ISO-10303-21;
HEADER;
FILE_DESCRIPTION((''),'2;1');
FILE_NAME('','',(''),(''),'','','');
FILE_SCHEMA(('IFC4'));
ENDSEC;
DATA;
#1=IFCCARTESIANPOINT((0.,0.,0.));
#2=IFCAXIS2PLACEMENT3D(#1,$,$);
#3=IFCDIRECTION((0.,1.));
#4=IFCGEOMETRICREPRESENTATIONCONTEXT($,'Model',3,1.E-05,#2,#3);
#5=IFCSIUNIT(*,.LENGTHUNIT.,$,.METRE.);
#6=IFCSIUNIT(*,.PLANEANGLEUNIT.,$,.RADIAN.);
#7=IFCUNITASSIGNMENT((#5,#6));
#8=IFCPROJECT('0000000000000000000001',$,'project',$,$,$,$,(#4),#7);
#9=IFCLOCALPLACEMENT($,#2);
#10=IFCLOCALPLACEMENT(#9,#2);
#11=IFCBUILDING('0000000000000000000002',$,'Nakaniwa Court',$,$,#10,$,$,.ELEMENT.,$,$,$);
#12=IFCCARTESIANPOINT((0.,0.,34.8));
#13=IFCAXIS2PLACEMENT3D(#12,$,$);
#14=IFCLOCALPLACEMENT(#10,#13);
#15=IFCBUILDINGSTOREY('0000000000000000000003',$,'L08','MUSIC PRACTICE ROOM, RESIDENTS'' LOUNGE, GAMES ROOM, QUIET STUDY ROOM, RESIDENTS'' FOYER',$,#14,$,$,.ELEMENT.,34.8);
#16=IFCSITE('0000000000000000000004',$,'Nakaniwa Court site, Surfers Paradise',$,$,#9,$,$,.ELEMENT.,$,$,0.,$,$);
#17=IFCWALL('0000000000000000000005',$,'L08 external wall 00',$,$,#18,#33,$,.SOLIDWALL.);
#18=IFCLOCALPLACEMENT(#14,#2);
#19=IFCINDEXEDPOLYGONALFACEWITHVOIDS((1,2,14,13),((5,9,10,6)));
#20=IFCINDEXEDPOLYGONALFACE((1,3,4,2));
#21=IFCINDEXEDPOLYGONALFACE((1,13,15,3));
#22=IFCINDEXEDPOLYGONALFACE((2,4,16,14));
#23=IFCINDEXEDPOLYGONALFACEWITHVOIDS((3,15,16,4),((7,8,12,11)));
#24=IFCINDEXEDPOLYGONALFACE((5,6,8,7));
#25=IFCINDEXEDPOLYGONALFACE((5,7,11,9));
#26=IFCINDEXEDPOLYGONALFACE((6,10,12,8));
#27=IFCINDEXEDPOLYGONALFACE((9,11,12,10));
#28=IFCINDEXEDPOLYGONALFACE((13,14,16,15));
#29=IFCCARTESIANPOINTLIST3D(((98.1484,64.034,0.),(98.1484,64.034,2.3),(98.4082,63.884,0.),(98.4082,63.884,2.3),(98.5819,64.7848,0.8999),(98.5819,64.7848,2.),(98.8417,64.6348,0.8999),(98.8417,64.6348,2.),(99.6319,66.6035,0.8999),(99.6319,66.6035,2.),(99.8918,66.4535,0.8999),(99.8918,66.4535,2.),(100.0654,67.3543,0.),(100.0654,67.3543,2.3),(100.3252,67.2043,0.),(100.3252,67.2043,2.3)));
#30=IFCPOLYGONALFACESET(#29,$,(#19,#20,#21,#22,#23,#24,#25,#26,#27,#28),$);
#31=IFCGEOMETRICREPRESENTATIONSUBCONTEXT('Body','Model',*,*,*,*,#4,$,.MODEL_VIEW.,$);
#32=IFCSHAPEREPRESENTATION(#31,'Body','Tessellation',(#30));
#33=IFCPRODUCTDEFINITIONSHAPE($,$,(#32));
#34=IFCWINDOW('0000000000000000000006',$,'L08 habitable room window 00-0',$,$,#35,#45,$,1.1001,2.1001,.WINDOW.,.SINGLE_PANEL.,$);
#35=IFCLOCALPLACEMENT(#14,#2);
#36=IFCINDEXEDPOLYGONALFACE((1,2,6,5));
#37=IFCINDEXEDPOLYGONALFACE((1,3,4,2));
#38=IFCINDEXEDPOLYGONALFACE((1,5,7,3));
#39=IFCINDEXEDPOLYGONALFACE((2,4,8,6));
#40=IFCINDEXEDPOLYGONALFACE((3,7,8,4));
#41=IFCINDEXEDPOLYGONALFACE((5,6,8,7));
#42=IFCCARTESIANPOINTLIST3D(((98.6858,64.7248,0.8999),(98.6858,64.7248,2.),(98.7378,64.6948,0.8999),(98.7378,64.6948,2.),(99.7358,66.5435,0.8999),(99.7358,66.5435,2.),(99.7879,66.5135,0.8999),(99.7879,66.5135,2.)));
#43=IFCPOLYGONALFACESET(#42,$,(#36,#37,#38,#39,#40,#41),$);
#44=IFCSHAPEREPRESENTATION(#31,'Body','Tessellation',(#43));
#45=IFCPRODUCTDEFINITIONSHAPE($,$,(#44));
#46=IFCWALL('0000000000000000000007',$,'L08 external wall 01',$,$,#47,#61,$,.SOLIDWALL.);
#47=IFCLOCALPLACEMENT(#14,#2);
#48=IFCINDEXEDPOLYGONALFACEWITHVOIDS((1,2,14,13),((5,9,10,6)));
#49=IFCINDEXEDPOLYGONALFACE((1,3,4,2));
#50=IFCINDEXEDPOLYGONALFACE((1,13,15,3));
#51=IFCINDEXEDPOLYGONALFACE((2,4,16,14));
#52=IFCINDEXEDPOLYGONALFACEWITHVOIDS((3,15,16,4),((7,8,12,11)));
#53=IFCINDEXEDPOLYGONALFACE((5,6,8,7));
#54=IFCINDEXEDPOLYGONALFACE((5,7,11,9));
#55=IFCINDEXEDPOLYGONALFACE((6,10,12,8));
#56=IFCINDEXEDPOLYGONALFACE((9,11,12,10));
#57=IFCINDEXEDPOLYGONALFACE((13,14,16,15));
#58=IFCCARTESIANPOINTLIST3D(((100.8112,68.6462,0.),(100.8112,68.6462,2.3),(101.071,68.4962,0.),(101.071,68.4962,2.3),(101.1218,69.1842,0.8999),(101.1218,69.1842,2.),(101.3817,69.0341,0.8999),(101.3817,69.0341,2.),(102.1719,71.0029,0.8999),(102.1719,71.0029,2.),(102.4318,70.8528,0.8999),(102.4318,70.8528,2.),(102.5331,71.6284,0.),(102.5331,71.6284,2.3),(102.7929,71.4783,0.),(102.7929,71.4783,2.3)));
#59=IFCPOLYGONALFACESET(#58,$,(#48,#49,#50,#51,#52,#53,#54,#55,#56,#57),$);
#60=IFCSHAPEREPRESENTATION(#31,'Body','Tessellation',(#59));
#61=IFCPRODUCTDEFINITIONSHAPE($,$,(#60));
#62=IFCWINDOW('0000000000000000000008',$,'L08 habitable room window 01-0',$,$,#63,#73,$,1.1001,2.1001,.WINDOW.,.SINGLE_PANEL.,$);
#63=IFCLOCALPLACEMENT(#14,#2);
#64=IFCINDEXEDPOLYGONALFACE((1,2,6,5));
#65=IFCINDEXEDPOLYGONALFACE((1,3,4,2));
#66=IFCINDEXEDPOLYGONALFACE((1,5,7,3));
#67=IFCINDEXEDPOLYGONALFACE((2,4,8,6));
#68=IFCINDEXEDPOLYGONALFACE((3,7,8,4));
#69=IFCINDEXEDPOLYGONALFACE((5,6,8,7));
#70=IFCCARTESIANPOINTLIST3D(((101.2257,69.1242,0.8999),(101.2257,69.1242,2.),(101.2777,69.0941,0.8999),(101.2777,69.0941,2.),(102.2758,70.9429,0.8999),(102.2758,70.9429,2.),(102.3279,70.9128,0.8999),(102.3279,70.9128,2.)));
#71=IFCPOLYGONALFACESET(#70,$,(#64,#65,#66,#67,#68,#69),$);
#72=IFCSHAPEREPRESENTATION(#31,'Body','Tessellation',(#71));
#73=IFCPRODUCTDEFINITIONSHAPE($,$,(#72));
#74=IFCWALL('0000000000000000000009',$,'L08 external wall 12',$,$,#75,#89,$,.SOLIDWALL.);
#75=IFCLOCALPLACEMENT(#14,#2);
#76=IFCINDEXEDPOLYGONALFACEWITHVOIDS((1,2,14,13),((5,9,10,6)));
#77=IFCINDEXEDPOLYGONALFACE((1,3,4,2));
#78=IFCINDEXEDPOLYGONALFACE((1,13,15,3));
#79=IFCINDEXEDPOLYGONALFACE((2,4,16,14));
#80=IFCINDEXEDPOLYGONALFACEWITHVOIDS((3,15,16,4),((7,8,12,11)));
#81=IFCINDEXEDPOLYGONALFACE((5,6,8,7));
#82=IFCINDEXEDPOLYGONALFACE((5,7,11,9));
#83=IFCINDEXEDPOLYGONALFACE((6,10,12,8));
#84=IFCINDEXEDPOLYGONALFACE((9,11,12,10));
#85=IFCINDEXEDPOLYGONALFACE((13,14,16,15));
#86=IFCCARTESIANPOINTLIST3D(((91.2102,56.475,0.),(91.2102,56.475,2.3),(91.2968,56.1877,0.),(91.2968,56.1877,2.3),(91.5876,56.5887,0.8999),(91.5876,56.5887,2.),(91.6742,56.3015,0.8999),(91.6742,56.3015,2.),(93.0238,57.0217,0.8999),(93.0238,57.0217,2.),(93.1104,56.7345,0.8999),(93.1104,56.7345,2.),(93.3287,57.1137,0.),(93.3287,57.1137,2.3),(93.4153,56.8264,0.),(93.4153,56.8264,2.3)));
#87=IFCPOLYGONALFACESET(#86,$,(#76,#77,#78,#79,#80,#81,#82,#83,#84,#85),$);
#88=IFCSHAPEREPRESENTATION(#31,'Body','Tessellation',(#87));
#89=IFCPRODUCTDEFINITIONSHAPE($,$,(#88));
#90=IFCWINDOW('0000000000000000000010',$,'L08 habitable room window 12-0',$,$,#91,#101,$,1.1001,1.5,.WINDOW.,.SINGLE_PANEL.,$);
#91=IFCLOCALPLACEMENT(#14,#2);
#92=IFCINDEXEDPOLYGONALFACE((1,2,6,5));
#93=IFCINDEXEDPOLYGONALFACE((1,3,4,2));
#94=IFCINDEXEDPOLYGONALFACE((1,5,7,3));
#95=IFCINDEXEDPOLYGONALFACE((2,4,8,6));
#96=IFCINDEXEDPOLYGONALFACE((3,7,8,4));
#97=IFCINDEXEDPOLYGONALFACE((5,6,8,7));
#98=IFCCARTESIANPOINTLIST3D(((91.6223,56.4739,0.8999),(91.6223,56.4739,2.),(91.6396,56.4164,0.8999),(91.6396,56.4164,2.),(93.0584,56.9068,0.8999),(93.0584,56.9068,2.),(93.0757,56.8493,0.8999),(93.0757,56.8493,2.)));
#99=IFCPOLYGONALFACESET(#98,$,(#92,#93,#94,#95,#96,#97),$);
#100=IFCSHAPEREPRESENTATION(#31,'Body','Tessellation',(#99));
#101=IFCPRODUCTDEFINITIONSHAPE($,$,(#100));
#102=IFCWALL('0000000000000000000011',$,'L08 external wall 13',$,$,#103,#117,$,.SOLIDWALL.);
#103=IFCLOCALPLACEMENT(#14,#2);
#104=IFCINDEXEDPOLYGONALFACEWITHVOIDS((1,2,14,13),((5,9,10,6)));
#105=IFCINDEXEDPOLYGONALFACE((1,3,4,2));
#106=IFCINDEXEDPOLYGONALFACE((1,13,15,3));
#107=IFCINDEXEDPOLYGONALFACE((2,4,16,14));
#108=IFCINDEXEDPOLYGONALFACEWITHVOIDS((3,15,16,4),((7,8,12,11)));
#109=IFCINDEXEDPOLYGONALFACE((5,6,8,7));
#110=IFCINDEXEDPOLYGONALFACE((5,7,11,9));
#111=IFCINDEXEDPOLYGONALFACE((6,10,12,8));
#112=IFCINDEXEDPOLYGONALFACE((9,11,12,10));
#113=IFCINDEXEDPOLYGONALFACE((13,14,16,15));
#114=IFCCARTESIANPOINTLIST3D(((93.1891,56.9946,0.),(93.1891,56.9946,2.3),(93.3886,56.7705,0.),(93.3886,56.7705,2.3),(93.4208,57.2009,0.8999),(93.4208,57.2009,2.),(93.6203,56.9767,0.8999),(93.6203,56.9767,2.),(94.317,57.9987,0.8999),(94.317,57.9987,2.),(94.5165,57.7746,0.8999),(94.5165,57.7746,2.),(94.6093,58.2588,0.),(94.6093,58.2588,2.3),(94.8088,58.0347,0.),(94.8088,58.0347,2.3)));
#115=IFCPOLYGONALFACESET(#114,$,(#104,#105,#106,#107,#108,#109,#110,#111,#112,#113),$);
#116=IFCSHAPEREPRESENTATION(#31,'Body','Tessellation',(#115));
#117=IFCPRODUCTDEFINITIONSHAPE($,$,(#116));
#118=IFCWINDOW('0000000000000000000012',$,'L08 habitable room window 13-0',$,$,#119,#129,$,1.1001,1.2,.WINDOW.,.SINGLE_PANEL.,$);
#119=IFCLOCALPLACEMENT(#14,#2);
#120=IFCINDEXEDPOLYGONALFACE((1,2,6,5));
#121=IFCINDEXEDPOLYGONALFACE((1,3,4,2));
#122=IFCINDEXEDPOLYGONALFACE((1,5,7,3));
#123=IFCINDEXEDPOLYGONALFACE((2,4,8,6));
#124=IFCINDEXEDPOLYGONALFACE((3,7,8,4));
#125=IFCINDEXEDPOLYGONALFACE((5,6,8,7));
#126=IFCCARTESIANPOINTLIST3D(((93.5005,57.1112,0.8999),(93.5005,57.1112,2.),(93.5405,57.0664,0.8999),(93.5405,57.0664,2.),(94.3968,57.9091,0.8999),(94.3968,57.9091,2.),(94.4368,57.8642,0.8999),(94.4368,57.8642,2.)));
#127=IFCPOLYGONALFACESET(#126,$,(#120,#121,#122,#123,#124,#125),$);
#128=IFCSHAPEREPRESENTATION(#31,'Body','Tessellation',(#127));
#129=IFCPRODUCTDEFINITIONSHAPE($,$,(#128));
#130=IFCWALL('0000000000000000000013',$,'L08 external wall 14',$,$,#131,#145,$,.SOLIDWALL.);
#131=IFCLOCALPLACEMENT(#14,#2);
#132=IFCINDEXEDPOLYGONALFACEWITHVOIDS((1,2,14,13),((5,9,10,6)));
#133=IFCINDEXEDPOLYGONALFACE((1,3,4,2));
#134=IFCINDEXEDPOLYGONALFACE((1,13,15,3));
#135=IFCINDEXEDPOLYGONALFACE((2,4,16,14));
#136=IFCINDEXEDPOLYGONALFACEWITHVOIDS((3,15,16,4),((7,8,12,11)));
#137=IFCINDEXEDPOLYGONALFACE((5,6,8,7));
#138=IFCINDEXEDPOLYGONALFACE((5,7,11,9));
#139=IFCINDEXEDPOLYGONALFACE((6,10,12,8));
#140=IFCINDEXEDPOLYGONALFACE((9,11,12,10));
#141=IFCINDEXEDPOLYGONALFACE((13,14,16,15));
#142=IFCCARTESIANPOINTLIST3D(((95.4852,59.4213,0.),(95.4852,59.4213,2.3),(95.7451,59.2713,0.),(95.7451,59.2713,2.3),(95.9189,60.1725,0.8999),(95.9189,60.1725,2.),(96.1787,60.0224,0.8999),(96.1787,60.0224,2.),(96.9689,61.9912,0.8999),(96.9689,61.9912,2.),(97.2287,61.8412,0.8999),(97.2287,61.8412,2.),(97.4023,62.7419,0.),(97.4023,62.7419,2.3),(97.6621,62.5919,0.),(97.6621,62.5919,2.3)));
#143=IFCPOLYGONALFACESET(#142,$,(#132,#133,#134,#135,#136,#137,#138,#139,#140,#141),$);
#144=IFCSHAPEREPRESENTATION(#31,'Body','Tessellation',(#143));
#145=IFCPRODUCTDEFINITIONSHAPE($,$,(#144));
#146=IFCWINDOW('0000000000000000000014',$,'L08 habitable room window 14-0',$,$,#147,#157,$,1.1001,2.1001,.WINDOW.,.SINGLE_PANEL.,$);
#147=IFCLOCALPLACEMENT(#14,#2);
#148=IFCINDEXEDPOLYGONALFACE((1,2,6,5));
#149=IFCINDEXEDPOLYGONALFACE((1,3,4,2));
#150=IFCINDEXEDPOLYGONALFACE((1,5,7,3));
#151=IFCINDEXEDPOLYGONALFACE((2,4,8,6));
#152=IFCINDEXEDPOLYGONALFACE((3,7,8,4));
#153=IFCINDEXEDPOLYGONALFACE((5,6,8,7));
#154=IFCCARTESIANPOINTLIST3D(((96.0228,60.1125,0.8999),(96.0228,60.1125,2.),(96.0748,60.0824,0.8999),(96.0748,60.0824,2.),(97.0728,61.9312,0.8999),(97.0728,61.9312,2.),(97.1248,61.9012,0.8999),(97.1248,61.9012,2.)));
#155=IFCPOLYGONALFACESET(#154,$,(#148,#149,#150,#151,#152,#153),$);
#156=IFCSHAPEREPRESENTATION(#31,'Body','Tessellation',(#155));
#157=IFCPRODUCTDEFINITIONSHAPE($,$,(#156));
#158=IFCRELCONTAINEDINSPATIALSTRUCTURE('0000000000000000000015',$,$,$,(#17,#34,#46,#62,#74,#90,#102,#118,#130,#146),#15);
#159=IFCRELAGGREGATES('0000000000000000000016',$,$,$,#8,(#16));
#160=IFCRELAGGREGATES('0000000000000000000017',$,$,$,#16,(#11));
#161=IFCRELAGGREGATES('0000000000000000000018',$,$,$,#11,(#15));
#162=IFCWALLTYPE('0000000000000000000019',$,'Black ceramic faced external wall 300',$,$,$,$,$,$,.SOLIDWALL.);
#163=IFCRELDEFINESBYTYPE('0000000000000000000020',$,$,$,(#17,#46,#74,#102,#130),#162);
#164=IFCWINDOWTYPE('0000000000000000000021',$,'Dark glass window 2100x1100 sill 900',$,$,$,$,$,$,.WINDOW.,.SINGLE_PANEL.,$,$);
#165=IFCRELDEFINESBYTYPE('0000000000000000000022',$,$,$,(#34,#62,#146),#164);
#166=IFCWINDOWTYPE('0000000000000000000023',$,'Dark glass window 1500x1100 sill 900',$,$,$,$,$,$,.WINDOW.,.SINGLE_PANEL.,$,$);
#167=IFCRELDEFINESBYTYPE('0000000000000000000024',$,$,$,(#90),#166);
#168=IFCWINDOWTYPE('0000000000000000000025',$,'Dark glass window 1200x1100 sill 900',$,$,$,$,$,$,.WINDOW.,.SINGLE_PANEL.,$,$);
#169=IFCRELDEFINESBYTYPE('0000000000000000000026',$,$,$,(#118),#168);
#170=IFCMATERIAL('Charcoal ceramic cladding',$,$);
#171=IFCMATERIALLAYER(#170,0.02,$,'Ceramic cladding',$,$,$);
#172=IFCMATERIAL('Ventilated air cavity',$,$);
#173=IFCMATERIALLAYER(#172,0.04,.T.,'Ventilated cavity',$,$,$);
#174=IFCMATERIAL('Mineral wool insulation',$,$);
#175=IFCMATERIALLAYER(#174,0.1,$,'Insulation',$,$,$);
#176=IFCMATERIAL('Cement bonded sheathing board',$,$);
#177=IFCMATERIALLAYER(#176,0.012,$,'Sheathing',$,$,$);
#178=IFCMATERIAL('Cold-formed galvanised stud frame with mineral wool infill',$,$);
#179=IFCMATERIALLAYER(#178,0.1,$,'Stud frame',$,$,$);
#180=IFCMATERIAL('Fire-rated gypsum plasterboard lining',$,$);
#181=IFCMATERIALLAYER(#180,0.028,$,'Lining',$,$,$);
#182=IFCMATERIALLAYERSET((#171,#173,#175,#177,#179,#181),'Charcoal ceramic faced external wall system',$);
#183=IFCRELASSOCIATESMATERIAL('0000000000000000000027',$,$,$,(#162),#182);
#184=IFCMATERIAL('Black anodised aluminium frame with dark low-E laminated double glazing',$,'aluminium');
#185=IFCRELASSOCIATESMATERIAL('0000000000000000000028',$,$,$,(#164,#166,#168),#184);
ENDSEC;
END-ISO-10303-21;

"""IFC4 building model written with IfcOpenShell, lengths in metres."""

from ifc_helpers import new_model, si_unit, direction, frame, frame_2d, origin, place, context, subcontext, project, spatial, rectangle, extrude, material, layer, layer_set, type_object, element, fill, save


model = new_model("IFC4")

# Units and contexts
model_context = context("Model", 3, precision=1e-05, world=origin(), true_north=direction((0.0, 1.0)))
body_context = subcontext(model_context, "Body", "Model", "MODEL_VIEW")
ifc_project = project(units=[si_unit("LENGTHUNIT", "METRE"), si_unit("PLANEANGLEUNIT", "RADIAN")], contexts=[model_context])

# Site, building, storey
site_placement = place(None, origin())
site = spatial("IfcSite", under=ifc_project, at=site_placement, Name="Nakaniwa Court site, Surfers Paradise", CompositionType="ELEMENT", RefElevation=0.0)
building_placement = place(site_placement, origin())
building = spatial("IfcBuilding", under=site, at=building_placement, Name="Nakaniwa Court", CompositionType="ELEMENT")
storey_placement = place(building_placement, frame((0.0, 0.0, 34.8)))
storey = spatial("IfcBuildingStorey", under=building, at=storey_placement, Name="L08", Description="MUSIC PRACTICE ROOM, RESIDENTS' LOUNGE, GAMES ROOM, QUIET STUDY ROOM, RESIDENTS' FOYER", CompositionType="ELEMENT", Elevation=34.8)

# Walls, openings, windows
ifc_material_1 = material(Name="Charcoal ceramic cladding")
ifc_layer_1 = layer(ifc_material_1, 0.02, Name="Ceramic cladding")
ifc_material_2 = material(Name="Ventilated air cavity")
ifc_layer_2 = layer(ifc_material_2, 0.04, ventilated=True, Name="Ventilated cavity")
ifc_material_3 = material(Name="Mineral wool insulation")
ifc_layer_3 = layer(ifc_material_3, 0.1, Name="Insulation")
ifc_material_4 = material(Name="Cement bonded sheathing board")
ifc_layer_4 = layer(ifc_material_4, 0.012, Name="Sheathing")
ifc_material_5 = material(Name="Cold-formed galvanised stud frame with mineral wool infill")
ifc_layer_5 = layer(ifc_material_5, 0.1, Name="Stud frame")
ifc_material_6 = material(Name="Fire-rated gypsum plasterboard lining")
ifc_layer_6 = layer(ifc_material_6, 0.028, Name="Lining")
ifc_layer_set = layer_set([ifc_layer_1, ifc_layer_2, ifc_layer_3, ifc_layer_4, ifc_layer_5, ifc_layer_6], Name="Charcoal ceramic faced external wall system")
wall_type = type_object("IfcWallType", Name="Black ceramic faced external wall 300", PredefinedType="SOLIDWALL", material=ifc_layer_set)
wall_1_placement = place(storey_placement, frame((98.2783, 63.959, 0.0), z_axis=(0.0, 0.0, 1.0), x_axis=(0.500002, 0.866024, 0.0)))
wall_1 = element("IfcWall", 1, at=wall_1_placement, inside=storey, type_object=wall_type, Name="L08 external wall 00", PredefinedType="SOLIDWALL", context=body_context, shape_type="SweptSolid", body=[
    extrude(rectangle(XDim=3.834, YDim=0.3, at=frame_2d((1.917, 0.0))), origin(), (0.0, 0.0, 1.0), 2.3),
])
opening_1_placement = place(wall_1_placement, frame((0.8669, 0.0, 0.8999)))
opening_1 = element("IfcOpeningElement", 2, at=opening_1_placement, cuts=wall_1, PredefinedType="OPENING", context=body_context, shape_type="SweptSolid", body=[
    extrude(rectangle(XDim=2.1001, YDim=1.1001, at=frame_2d((1.05, 0.55))), frame((0.0, 0.1599, 0.0), z_axis=(0.0, -1.0, 0.0), x_axis=(1.0, 0.0, 0.0)), (0.0, 0.0, 1.0), 0.3201),
])
ifc_material_7 = material(Name="Black anodised aluminium frame with dark low-E laminated double glazing", Category="aluminium")
window_type_1 = type_object("IfcWindowType", Name="Dark glass window 2100x1100 sill 900", PartitioningType="SINGLE_PANEL", PredefinedType="WINDOW", material=ifc_material_7)
window_1_placement = place(opening_1_placement, origin())
window_1 = element("IfcWindow", 3, at=window_1_placement, inside=storey, type_object=window_type_1, Name="L08 habitable room window 00-0", OverallHeight=1.1001, OverallWidth=2.1001, PartitioningType="SINGLE_PANEL", PredefinedType="WINDOW", context=body_context, shape_type="SweptSolid", body=[
    extrude(rectangle(XDim=2.1001, YDim=1.1001, at=frame_2d((1.05, 0.55))), frame((0.0, 0.03, 0.0), z_axis=(0.0, -1.0, 0.0), x_axis=(1.0, 0.0, 0.0)), (0.0, 0.0, 1.0), 0.0601),
])
fill(opening_1, window_1)
wall_2_placement = place(storey_placement, frame((100.9412, 68.5713, 0.0), z_axis=(0.0, 0.0, 1.0), x_axis=(0.500035, 0.866005, 0.0)))
wall_2 = element("IfcWall", 4, at=wall_2_placement, inside=storey, type_object=wall_type, Name="L08 external wall 01", PredefinedType="SOLIDWALL", context=body_context, shape_type="SweptSolid", body=[
    extrude(rectangle(XDim=3.4436, YDim=0.3, at=frame_2d((1.7217, 0.0))), origin(), (0.0, 0.0, 1.0), 2.3),
])
opening_2_placement = place(wall_2_placement, frame((0.6211, 0.0, 0.8999)))
opening_2 = element("IfcOpeningElement", 5, at=opening_2_placement, cuts=wall_2, PredefinedType="OPENING", context=body_context, shape_type="SweptSolid", body=[
    extrude(rectangle(XDim=2.1001, YDim=1.1001, at=frame_2d((1.05, 0.55))), frame((0.0, 0.1599, 0.0), z_axis=(0.0, -1.0, 0.0), x_axis=(1.0, 0.0, 0.0)), (0.0, 0.0, 1.0), 0.3201),
])
window_2_placement = place(opening_2_placement, origin())
window_2 = element("IfcWindow", 6, at=window_2_placement, inside=storey, type_object=window_type_1, Name="L08 habitable room window 01-0", OverallHeight=1.1001, OverallWidth=2.1001, PartitioningType="SINGLE_PANEL", PredefinedType="WINDOW", context=body_context, shape_type="SweptSolid", body=[
    extrude(rectangle(XDim=2.1001, YDim=1.1001, at=frame_2d((1.05, 0.55))), frame((0.0, 0.03, 0.0), z_axis=(0.0, -1.0, 0.0), x_axis=(1.0, 0.0, 0.0)), (0.0, 0.0, 1.0), 0.0601),
])
fill(opening_2, window_2)
wall_3_placement = place(storey_placement, frame((91.2534, 56.3313, 0.0), z_axis=(0.0, 0.0, 1.0), x_axis=(0.957434, 0.288653, 0.0)))
wall_3 = element("IfcWall", 7, at=wall_3_placement, inside=storey, type_object=wall_type, Name="L08 external wall 12", PredefinedType="SOLIDWALL", context=body_context, shape_type="SweptSolid", body=[
    extrude(rectangle(XDim=2.2126, YDim=0.3, at=frame_2d((1.1064, 0.0))), origin(), (0.0, 0.0, 1.0), 2.3),
])
opening_3_placement = place(wall_3_placement, frame((0.3943, 0.0, 0.8999)))
opening_3 = element("IfcOpeningElement", 8, at=opening_3_placement, cuts=wall_3, PredefinedType="OPENING", context=body_context, shape_type="SweptSolid", body=[
    extrude(rectangle(XDim=1.5, YDim=1.1001, at=frame_2d((0.75, 0.55))), frame((0.0, 0.1599, 0.0), z_axis=(0.0, -1.0, 0.0), x_axis=(1.0, 0.0, 0.0)), (0.0, 0.0, 1.0), 0.3201),
])
window_type_2 = type_object("IfcWindowType", Name="Dark glass window 1500x1100 sill 900", PartitioningType="SINGLE_PANEL", PredefinedType="WINDOW", material=ifc_material_7)
window_3_placement = place(opening_3_placement, origin())
window_3 = element("IfcWindow", 9, at=window_3_placement, inside=storey, type_object=window_type_2, Name="L08 habitable room window 12-0", OverallHeight=1.1001, OverallWidth=1.5, PartitioningType="SINGLE_PANEL", PredefinedType="WINDOW", context=body_context, shape_type="SweptSolid", body=[
    extrude(rectangle(XDim=1.5, YDim=1.1001, at=frame_2d((0.75, 0.55))), frame((0.0, 0.03, 0.0), z_axis=(0.0, -1.0, 0.0), x_axis=(1.0, 0.0, 0.0)), (0.0, 0.0, 1.0), 0.0601),
])
fill(opening_3, window_3)
wall_4_placement = place(storey_placement, frame((93.2888, 56.8826, 0.0), z_axis=(0.0, 0.0, 1.0), x_axis=(0.746942, 0.66489, 0.0)))
wall_4 = element("IfcWall", 10, at=wall_4_placement, inside=storey, type_object=wall_type, Name="L08 external wall 13", PredefinedType="SOLIDWALL", context=body_context, shape_type="SweptSolid", body=[
    extrude(rectangle(XDim=1.9014, YDim=0.3, at=frame_2d((0.9507, 0.0))), origin(), (0.0, 0.0, 1.0), 2.3),
])
opening_4_placement = place(wall_4_placement, frame((0.3101, 0.0, 0.8999)))
opening_4 = element("IfcOpeningElement", 11, at=opening_4_placement, cuts=wall_4, PredefinedType="OPENING", context=body_context, shape_type="SweptSolid", body=[
    extrude(rectangle(XDim=1.2, YDim=1.1001, at=frame_2d((0.6001, 0.55))), frame((0.0, 0.1599, 0.0), z_axis=(0.0, -1.0, 0.0), x_axis=(1.0, 0.0, 0.0)), (0.0, 0.0, 1.0), 0.3201),
])
window_type_3 = type_object("IfcWindowType", Name="Dark glass window 1200x1100 sill 900", PartitioningType="SINGLE_PANEL", PredefinedType="WINDOW", material=ifc_material_7)
window_4_placement = place(opening_4_placement, origin())
window_4 = element("IfcWindow", 12, at=window_4_placement, inside=storey, type_object=window_type_3, Name="L08 habitable room window 13-0", OverallHeight=1.1001, OverallWidth=1.2, PartitioningType="SINGLE_PANEL", PredefinedType="WINDOW", context=body_context, shape_type="SweptSolid", body=[
    extrude(rectangle(XDim=1.2, YDim=1.1001, at=frame_2d((0.6001, 0.55))), frame((0.0, 0.03, 0.0), z_axis=(0.0, -1.0, 0.0), x_axis=(1.0, 0.0, 0.0)), (0.0, 0.0, 1.0), 0.0601),
])
fill(opening_4, window_4)
wall_5_placement = place(storey_placement, frame((95.6152, 59.3464, 0.0), z_axis=(0.0, 0.0, 1.0), x_axis=(0.499974, 0.86604, 0.0)))
wall_5 = element("IfcWall", 13, at=wall_5_placement, inside=storey, type_object=wall_type, Name="L08 external wall 14", PredefinedType="SOLIDWALL", context=body_context, shape_type="SweptSolid", body=[
    extrude(rectangle(XDim=3.8342, YDim=0.3, at=frame_2d((1.917, 0.0))), origin(), (0.0, 0.0, 1.0), 2.3),
])
opening_5_placement = place(wall_5_placement, frame((0.8672, 0.0, 0.8999)))
opening_5 = element("IfcOpeningElement", 14, at=opening_5_placement, cuts=wall_5, PredefinedType="OPENING", context=body_context, shape_type="SweptSolid", body=[
    extrude(rectangle(XDim=2.1001, YDim=1.1001, at=frame_2d((1.05, 0.55))), frame((0.0, 0.1599, 0.0), z_axis=(0.0, -1.0, 0.0), x_axis=(1.0, 0.0, 0.0)), (0.0, 0.0, 1.0), 0.3201),
])
window_5_placement = place(opening_5_placement, origin())
window_5 = element("IfcWindow", 15, at=window_5_placement, inside=storey, type_object=window_type_1, Name="L08 habitable room window 14-0", OverallHeight=1.1001, OverallWidth=2.1001, PartitioningType="SINGLE_PANEL", PredefinedType="WINDOW", context=body_context, shape_type="SweptSolid", body=[
    extrude(rectangle(XDim=2.1001, YDim=1.1001, at=frame_2d((1.05, 0.55))), frame((0.0, 0.03, 0.0), z_axis=(0.0, -1.0, 0.0), x_axis=(1.0, 0.0, 0.0)), (0.0, 0.0, 1.0), 0.0601),
])
fill(opening_5, window_5)

save(model, "model.ifc")
